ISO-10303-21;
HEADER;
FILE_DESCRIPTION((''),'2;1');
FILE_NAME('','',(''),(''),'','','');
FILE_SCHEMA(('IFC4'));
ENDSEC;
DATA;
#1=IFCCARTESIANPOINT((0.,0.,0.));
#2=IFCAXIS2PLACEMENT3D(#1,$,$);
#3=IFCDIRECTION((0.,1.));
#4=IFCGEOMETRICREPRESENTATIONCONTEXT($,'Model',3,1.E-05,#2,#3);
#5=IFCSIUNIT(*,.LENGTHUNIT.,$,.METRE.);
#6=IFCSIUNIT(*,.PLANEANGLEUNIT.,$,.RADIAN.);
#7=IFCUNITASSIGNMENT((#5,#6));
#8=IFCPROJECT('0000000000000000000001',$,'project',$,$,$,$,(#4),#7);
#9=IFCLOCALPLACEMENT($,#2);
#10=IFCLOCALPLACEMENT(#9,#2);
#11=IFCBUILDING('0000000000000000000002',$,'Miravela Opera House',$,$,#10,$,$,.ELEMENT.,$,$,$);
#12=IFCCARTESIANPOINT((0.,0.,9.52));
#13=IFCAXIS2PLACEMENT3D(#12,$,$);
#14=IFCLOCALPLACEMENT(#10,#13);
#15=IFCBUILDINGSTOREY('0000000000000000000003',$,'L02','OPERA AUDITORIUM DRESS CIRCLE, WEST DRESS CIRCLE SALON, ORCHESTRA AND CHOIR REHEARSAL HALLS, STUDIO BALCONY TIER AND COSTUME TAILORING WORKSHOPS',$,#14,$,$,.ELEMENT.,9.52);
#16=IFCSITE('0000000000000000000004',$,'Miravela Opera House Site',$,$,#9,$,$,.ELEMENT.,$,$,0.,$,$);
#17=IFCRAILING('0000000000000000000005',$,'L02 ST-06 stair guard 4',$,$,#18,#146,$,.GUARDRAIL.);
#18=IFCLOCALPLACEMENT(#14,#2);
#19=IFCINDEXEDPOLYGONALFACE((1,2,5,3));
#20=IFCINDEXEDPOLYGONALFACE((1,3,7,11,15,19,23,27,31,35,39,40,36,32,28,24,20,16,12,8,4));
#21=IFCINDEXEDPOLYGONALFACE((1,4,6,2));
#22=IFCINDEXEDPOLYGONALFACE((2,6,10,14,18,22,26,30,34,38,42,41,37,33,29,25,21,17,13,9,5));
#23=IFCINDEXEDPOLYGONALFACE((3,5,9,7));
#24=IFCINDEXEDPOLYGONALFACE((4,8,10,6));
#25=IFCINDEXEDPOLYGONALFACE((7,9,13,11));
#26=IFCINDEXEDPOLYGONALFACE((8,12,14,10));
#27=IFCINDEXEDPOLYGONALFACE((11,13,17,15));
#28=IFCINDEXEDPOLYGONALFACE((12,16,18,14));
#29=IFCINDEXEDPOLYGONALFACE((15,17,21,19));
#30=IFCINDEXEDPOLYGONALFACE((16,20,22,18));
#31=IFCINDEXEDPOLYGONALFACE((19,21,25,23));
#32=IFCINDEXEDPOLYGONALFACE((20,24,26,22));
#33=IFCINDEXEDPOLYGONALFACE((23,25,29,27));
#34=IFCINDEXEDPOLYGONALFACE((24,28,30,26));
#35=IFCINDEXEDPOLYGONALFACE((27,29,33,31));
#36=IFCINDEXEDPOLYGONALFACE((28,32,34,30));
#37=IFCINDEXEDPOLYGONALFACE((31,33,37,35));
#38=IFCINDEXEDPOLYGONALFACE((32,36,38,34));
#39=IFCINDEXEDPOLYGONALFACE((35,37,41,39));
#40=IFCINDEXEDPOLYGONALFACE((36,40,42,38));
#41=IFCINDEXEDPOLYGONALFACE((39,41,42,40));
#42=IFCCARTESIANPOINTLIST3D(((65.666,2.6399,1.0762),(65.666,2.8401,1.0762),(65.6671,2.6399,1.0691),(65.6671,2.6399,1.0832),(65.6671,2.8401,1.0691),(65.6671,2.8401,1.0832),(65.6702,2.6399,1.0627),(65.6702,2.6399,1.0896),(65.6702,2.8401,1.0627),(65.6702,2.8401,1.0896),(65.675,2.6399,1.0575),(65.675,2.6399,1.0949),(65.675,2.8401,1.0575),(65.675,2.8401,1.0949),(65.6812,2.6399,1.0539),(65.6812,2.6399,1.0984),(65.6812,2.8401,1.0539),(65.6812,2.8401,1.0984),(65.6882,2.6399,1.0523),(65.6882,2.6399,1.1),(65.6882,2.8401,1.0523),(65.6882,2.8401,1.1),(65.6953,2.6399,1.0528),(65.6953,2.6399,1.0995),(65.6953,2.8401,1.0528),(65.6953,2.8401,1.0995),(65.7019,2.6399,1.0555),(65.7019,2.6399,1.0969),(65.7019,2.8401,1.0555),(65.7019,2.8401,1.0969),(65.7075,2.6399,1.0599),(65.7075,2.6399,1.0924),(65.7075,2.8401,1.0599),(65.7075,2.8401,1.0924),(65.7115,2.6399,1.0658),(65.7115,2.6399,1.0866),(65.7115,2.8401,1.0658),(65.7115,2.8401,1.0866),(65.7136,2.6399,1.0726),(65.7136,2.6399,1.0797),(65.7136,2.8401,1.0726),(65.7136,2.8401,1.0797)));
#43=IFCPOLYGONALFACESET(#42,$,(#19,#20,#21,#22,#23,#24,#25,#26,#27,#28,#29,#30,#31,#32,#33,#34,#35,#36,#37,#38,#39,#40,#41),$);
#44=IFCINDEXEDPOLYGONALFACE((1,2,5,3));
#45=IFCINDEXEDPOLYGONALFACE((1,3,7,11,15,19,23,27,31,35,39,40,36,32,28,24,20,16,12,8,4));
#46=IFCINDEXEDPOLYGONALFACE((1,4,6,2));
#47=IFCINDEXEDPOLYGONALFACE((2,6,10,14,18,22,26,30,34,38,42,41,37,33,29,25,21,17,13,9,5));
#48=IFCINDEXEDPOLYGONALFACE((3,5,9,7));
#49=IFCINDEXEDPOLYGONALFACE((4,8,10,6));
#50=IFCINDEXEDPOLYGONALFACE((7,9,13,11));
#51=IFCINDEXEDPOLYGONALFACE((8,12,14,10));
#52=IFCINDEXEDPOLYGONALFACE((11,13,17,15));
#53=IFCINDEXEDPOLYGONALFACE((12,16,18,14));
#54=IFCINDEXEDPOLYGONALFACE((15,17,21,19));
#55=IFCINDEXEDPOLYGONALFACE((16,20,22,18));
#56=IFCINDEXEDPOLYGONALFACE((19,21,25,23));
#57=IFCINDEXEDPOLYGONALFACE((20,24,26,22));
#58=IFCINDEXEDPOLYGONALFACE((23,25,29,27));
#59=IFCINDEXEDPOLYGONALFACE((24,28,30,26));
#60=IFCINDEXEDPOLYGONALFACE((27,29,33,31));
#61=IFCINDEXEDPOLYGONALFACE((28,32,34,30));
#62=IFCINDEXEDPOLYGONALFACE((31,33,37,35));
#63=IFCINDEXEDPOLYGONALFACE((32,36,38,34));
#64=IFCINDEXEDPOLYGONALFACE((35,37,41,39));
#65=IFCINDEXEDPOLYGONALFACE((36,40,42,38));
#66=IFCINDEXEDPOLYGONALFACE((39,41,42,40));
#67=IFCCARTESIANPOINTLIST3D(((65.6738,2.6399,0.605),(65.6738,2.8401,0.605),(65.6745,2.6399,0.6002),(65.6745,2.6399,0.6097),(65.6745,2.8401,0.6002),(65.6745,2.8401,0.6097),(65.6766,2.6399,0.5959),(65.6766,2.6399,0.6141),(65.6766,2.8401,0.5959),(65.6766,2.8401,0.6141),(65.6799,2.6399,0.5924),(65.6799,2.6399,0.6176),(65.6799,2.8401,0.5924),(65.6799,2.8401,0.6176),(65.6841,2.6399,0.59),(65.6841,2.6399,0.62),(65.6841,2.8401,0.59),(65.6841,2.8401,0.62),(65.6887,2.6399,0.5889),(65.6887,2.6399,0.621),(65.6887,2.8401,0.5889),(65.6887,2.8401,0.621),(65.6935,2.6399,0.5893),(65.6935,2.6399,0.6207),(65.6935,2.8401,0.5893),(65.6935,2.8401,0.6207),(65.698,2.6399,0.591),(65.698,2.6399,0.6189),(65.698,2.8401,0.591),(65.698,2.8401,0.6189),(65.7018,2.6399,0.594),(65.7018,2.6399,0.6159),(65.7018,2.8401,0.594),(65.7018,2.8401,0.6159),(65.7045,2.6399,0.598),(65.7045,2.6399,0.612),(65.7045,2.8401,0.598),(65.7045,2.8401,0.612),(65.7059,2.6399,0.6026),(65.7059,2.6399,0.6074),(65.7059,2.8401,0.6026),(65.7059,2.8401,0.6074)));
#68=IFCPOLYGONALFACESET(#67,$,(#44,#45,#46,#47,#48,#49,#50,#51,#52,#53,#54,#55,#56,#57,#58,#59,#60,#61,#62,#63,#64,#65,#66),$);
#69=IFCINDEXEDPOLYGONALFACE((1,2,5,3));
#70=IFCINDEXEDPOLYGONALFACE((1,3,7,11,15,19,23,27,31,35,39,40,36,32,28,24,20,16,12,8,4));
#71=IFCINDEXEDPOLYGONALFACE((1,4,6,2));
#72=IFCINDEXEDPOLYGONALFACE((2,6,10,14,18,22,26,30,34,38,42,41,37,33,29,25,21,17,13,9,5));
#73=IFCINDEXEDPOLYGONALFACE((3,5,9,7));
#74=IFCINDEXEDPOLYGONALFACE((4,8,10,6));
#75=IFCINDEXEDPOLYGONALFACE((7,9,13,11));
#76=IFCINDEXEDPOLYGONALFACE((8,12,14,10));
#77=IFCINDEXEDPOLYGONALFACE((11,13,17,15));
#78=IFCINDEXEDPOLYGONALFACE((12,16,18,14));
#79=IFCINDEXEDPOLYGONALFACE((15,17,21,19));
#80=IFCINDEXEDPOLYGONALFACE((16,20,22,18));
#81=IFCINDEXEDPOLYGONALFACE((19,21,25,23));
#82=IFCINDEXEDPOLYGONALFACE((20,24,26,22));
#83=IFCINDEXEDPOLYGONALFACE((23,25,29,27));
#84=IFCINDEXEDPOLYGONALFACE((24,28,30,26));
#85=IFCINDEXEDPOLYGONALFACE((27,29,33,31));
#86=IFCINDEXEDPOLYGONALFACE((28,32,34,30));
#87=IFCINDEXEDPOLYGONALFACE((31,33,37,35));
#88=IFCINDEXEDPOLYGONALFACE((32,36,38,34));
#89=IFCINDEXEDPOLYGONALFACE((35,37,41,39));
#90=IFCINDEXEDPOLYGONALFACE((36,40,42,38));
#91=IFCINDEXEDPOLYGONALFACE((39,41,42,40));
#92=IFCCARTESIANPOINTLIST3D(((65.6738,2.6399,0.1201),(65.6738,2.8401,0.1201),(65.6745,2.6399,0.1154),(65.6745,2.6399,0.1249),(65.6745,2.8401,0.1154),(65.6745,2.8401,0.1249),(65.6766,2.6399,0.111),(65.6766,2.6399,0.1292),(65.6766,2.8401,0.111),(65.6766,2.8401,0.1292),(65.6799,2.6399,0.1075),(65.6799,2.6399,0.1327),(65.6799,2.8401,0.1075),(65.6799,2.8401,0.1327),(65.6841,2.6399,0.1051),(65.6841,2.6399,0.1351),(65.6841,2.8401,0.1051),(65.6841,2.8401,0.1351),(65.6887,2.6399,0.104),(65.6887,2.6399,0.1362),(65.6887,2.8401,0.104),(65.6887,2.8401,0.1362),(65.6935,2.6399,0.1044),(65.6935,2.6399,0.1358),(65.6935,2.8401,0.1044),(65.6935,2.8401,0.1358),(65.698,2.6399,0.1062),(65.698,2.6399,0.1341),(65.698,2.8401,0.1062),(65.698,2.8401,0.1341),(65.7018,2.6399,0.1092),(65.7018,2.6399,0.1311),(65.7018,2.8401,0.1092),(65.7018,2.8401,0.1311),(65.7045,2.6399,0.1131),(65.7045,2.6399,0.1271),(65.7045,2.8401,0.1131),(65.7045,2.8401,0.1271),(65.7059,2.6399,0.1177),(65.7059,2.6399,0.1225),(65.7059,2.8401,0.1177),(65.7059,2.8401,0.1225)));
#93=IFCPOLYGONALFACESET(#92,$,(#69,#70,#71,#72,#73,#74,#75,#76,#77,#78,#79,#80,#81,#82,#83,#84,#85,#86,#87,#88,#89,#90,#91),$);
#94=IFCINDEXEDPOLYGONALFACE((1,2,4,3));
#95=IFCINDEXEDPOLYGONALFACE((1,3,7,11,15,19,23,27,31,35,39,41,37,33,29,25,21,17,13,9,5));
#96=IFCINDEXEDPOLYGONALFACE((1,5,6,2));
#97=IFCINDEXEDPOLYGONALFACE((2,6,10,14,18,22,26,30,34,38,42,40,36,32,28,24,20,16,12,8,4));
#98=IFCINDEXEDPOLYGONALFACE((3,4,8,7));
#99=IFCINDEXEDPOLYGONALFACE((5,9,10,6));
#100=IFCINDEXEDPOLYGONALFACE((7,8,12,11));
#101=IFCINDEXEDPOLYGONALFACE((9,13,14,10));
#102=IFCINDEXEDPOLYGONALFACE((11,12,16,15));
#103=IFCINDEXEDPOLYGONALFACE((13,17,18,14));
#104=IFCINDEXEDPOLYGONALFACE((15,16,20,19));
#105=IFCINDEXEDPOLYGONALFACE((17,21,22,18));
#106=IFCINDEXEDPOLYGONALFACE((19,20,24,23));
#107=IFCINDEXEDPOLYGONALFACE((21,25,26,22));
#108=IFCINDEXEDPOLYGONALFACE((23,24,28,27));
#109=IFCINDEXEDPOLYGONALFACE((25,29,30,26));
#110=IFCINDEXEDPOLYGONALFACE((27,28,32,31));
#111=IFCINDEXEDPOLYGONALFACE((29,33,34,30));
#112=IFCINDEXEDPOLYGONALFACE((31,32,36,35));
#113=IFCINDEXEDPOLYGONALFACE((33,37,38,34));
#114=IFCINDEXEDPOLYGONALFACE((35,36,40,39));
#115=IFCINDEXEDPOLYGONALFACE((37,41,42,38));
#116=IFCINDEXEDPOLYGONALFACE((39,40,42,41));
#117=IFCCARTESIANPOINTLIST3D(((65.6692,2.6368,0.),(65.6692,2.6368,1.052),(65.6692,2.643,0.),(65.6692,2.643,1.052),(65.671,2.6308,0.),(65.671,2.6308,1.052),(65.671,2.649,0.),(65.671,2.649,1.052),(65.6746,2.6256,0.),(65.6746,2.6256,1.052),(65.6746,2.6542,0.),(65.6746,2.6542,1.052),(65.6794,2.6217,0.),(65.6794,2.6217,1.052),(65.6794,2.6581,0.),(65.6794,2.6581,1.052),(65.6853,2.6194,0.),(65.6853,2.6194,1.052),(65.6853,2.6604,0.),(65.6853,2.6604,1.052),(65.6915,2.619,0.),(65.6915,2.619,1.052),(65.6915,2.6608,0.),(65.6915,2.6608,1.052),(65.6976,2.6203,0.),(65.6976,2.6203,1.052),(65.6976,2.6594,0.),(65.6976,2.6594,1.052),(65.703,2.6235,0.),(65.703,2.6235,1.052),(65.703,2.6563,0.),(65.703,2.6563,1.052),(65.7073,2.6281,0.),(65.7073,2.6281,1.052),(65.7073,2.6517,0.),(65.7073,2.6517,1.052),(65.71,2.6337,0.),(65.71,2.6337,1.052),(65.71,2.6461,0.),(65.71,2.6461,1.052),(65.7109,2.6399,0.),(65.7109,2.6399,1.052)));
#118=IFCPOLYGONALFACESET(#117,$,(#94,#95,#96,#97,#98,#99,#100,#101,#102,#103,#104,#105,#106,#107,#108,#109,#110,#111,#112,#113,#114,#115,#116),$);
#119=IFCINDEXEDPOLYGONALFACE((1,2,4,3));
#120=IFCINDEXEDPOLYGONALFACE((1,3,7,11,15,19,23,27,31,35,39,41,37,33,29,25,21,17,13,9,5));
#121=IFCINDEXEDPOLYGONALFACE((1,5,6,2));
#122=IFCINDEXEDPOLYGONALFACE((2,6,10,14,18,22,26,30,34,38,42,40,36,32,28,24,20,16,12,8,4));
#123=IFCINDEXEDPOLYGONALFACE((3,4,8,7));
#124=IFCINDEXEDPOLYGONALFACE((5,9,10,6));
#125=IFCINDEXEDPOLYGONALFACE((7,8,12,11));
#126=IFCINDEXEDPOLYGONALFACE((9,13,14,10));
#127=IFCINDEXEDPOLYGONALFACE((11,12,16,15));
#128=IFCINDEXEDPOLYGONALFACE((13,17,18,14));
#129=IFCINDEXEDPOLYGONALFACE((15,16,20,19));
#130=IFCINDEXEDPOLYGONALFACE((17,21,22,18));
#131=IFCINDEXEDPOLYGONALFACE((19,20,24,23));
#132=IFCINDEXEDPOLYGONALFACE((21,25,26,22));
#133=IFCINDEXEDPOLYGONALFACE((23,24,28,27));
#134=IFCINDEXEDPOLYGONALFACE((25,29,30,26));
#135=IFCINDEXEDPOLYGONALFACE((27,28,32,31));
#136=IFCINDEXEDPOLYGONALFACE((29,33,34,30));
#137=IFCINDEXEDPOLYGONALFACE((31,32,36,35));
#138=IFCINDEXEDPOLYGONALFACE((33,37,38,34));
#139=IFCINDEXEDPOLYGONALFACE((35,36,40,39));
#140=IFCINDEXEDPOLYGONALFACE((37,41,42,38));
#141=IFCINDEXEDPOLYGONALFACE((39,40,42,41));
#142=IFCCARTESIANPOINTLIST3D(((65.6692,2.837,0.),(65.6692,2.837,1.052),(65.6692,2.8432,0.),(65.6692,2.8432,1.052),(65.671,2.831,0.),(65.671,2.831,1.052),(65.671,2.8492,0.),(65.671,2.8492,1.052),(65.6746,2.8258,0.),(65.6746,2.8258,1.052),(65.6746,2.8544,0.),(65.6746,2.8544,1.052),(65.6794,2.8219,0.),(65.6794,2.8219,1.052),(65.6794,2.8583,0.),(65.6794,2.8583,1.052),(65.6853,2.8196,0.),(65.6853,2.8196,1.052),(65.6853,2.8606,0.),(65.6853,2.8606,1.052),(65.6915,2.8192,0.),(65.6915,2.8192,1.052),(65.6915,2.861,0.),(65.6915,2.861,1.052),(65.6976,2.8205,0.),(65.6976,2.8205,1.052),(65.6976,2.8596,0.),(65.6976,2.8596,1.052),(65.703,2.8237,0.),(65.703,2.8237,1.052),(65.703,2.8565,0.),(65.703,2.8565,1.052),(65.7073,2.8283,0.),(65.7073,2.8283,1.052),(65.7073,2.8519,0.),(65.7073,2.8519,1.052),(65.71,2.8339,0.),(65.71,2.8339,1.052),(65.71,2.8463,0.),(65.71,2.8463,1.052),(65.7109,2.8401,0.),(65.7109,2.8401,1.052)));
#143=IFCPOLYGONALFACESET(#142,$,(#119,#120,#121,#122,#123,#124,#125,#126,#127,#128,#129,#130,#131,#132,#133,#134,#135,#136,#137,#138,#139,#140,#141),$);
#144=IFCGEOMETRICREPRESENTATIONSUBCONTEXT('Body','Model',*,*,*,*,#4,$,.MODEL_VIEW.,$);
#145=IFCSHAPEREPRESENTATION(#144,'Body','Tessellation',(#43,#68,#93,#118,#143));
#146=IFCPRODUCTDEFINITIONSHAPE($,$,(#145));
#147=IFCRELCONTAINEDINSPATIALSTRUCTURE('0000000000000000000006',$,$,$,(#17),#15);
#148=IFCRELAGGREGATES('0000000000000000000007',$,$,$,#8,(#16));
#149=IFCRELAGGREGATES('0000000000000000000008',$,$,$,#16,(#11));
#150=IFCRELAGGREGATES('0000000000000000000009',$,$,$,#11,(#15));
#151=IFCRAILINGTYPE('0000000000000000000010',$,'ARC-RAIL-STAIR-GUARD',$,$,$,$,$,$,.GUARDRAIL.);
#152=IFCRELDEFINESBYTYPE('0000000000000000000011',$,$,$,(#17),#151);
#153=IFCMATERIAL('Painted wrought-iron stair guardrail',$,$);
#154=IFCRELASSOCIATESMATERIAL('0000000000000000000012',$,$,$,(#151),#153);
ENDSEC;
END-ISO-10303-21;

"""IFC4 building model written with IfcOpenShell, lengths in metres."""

from ifc_helpers import new_model, si_unit, direction, frame, origin, origin_2d, place, context, subcontext, project, spatial, circle, extrude, material, type_object, element, save


model = new_model("IFC4")

# Units and contexts
model_context = context("Model", 3, precision=1e-05, world=origin(), true_north=direction((0.0, 1.0)))
body_context = subcontext(model_context, "Body", "Model", "MODEL_VIEW")
ifc_project = project(units=[si_unit("LENGTHUNIT", "METRE"), si_unit("PLANEANGLEUNIT", "RADIAN")], contexts=[model_context])

# Site, building, storey
site_placement = place(None, origin())
site = spatial("IfcSite", under=ifc_project, at=site_placement, Name="Miravela Opera House Site", CompositionType="ELEMENT", RefElevation=0.0)
building_placement = place(site_placement, origin())
building = spatial("IfcBuilding", under=site, at=building_placement, Name="Miravela Opera House", CompositionType="ELEMENT")
storey_placement = place(building_placement, frame((0.0, 0.0, 9.52)))
storey = spatial("IfcBuildingStorey", under=building, at=storey_placement, Name="L02", Description="OPERA AUDITORIUM DRESS CIRCLE, WEST DRESS CIRCLE SALON, ORCHESTRA AND CHOIR REHEARSAL HALLS, STUDIO BALCONY TIER AND COSTUME TAILORING WORKSHOPS", CompositionType="ELEMENT", Elevation=9.52)

# Railing
ifc_material_1 = material(Name="Painted wrought-iron stair guardrail")
railing_type_1 = type_object("IfcRailingType", Name="ARC-RAIL-STAIR-GUARD", PredefinedType="GUARDRAIL", material=ifc_material_1)
railing_1_placement = place(storey_placement, frame((65.6899, 2.6399, 0.0)))
element("IfcRailing", 1, at=railing_1_placement, inside=storey, type_object=railing_type_1, Name="L02 ST-06 stair guard 4", PredefinedType="GUARDRAIL", context=body_context, shape_type="SweptSolid", body=[
    extrude(circle(Radius=0.0239, at=origin_2d()), frame((0.0, 0.0, 1.0762), z_axis=(0.0, 1.0, 0.0), x_axis=(-1.0, 0.0, 0.0)), (0.0, 0.0, 1.0), 0.2002),
    extrude(circle(Radius=0.0161, at=origin_2d()), frame((0.0, 0.0, 0.605), z_axis=(0.0, 1.0, 0.0), x_axis=(-1.0, 0.0, 0.0)), (0.0, 0.0, 1.0), 0.2002),
    extrude(circle(Radius=0.0161, at=origin_2d()), frame((0.0, 0.0, 0.1201), z_axis=(0.0, 1.0, 0.0), x_axis=(-1.0, 0.0, 0.0)), (0.0, 0.0, 1.0), 0.2002),
    extrude(circle(Radius=0.021, at=origin_2d()), origin(), (0.0, 0.0, 1.0), 1.052),
    extrude(circle(Radius=0.021, at=origin_2d()), frame((0.0, 0.2002, 0.0)), (0.0, 0.0, 1.0), 1.052),
])

save(model, "model.ifc")
